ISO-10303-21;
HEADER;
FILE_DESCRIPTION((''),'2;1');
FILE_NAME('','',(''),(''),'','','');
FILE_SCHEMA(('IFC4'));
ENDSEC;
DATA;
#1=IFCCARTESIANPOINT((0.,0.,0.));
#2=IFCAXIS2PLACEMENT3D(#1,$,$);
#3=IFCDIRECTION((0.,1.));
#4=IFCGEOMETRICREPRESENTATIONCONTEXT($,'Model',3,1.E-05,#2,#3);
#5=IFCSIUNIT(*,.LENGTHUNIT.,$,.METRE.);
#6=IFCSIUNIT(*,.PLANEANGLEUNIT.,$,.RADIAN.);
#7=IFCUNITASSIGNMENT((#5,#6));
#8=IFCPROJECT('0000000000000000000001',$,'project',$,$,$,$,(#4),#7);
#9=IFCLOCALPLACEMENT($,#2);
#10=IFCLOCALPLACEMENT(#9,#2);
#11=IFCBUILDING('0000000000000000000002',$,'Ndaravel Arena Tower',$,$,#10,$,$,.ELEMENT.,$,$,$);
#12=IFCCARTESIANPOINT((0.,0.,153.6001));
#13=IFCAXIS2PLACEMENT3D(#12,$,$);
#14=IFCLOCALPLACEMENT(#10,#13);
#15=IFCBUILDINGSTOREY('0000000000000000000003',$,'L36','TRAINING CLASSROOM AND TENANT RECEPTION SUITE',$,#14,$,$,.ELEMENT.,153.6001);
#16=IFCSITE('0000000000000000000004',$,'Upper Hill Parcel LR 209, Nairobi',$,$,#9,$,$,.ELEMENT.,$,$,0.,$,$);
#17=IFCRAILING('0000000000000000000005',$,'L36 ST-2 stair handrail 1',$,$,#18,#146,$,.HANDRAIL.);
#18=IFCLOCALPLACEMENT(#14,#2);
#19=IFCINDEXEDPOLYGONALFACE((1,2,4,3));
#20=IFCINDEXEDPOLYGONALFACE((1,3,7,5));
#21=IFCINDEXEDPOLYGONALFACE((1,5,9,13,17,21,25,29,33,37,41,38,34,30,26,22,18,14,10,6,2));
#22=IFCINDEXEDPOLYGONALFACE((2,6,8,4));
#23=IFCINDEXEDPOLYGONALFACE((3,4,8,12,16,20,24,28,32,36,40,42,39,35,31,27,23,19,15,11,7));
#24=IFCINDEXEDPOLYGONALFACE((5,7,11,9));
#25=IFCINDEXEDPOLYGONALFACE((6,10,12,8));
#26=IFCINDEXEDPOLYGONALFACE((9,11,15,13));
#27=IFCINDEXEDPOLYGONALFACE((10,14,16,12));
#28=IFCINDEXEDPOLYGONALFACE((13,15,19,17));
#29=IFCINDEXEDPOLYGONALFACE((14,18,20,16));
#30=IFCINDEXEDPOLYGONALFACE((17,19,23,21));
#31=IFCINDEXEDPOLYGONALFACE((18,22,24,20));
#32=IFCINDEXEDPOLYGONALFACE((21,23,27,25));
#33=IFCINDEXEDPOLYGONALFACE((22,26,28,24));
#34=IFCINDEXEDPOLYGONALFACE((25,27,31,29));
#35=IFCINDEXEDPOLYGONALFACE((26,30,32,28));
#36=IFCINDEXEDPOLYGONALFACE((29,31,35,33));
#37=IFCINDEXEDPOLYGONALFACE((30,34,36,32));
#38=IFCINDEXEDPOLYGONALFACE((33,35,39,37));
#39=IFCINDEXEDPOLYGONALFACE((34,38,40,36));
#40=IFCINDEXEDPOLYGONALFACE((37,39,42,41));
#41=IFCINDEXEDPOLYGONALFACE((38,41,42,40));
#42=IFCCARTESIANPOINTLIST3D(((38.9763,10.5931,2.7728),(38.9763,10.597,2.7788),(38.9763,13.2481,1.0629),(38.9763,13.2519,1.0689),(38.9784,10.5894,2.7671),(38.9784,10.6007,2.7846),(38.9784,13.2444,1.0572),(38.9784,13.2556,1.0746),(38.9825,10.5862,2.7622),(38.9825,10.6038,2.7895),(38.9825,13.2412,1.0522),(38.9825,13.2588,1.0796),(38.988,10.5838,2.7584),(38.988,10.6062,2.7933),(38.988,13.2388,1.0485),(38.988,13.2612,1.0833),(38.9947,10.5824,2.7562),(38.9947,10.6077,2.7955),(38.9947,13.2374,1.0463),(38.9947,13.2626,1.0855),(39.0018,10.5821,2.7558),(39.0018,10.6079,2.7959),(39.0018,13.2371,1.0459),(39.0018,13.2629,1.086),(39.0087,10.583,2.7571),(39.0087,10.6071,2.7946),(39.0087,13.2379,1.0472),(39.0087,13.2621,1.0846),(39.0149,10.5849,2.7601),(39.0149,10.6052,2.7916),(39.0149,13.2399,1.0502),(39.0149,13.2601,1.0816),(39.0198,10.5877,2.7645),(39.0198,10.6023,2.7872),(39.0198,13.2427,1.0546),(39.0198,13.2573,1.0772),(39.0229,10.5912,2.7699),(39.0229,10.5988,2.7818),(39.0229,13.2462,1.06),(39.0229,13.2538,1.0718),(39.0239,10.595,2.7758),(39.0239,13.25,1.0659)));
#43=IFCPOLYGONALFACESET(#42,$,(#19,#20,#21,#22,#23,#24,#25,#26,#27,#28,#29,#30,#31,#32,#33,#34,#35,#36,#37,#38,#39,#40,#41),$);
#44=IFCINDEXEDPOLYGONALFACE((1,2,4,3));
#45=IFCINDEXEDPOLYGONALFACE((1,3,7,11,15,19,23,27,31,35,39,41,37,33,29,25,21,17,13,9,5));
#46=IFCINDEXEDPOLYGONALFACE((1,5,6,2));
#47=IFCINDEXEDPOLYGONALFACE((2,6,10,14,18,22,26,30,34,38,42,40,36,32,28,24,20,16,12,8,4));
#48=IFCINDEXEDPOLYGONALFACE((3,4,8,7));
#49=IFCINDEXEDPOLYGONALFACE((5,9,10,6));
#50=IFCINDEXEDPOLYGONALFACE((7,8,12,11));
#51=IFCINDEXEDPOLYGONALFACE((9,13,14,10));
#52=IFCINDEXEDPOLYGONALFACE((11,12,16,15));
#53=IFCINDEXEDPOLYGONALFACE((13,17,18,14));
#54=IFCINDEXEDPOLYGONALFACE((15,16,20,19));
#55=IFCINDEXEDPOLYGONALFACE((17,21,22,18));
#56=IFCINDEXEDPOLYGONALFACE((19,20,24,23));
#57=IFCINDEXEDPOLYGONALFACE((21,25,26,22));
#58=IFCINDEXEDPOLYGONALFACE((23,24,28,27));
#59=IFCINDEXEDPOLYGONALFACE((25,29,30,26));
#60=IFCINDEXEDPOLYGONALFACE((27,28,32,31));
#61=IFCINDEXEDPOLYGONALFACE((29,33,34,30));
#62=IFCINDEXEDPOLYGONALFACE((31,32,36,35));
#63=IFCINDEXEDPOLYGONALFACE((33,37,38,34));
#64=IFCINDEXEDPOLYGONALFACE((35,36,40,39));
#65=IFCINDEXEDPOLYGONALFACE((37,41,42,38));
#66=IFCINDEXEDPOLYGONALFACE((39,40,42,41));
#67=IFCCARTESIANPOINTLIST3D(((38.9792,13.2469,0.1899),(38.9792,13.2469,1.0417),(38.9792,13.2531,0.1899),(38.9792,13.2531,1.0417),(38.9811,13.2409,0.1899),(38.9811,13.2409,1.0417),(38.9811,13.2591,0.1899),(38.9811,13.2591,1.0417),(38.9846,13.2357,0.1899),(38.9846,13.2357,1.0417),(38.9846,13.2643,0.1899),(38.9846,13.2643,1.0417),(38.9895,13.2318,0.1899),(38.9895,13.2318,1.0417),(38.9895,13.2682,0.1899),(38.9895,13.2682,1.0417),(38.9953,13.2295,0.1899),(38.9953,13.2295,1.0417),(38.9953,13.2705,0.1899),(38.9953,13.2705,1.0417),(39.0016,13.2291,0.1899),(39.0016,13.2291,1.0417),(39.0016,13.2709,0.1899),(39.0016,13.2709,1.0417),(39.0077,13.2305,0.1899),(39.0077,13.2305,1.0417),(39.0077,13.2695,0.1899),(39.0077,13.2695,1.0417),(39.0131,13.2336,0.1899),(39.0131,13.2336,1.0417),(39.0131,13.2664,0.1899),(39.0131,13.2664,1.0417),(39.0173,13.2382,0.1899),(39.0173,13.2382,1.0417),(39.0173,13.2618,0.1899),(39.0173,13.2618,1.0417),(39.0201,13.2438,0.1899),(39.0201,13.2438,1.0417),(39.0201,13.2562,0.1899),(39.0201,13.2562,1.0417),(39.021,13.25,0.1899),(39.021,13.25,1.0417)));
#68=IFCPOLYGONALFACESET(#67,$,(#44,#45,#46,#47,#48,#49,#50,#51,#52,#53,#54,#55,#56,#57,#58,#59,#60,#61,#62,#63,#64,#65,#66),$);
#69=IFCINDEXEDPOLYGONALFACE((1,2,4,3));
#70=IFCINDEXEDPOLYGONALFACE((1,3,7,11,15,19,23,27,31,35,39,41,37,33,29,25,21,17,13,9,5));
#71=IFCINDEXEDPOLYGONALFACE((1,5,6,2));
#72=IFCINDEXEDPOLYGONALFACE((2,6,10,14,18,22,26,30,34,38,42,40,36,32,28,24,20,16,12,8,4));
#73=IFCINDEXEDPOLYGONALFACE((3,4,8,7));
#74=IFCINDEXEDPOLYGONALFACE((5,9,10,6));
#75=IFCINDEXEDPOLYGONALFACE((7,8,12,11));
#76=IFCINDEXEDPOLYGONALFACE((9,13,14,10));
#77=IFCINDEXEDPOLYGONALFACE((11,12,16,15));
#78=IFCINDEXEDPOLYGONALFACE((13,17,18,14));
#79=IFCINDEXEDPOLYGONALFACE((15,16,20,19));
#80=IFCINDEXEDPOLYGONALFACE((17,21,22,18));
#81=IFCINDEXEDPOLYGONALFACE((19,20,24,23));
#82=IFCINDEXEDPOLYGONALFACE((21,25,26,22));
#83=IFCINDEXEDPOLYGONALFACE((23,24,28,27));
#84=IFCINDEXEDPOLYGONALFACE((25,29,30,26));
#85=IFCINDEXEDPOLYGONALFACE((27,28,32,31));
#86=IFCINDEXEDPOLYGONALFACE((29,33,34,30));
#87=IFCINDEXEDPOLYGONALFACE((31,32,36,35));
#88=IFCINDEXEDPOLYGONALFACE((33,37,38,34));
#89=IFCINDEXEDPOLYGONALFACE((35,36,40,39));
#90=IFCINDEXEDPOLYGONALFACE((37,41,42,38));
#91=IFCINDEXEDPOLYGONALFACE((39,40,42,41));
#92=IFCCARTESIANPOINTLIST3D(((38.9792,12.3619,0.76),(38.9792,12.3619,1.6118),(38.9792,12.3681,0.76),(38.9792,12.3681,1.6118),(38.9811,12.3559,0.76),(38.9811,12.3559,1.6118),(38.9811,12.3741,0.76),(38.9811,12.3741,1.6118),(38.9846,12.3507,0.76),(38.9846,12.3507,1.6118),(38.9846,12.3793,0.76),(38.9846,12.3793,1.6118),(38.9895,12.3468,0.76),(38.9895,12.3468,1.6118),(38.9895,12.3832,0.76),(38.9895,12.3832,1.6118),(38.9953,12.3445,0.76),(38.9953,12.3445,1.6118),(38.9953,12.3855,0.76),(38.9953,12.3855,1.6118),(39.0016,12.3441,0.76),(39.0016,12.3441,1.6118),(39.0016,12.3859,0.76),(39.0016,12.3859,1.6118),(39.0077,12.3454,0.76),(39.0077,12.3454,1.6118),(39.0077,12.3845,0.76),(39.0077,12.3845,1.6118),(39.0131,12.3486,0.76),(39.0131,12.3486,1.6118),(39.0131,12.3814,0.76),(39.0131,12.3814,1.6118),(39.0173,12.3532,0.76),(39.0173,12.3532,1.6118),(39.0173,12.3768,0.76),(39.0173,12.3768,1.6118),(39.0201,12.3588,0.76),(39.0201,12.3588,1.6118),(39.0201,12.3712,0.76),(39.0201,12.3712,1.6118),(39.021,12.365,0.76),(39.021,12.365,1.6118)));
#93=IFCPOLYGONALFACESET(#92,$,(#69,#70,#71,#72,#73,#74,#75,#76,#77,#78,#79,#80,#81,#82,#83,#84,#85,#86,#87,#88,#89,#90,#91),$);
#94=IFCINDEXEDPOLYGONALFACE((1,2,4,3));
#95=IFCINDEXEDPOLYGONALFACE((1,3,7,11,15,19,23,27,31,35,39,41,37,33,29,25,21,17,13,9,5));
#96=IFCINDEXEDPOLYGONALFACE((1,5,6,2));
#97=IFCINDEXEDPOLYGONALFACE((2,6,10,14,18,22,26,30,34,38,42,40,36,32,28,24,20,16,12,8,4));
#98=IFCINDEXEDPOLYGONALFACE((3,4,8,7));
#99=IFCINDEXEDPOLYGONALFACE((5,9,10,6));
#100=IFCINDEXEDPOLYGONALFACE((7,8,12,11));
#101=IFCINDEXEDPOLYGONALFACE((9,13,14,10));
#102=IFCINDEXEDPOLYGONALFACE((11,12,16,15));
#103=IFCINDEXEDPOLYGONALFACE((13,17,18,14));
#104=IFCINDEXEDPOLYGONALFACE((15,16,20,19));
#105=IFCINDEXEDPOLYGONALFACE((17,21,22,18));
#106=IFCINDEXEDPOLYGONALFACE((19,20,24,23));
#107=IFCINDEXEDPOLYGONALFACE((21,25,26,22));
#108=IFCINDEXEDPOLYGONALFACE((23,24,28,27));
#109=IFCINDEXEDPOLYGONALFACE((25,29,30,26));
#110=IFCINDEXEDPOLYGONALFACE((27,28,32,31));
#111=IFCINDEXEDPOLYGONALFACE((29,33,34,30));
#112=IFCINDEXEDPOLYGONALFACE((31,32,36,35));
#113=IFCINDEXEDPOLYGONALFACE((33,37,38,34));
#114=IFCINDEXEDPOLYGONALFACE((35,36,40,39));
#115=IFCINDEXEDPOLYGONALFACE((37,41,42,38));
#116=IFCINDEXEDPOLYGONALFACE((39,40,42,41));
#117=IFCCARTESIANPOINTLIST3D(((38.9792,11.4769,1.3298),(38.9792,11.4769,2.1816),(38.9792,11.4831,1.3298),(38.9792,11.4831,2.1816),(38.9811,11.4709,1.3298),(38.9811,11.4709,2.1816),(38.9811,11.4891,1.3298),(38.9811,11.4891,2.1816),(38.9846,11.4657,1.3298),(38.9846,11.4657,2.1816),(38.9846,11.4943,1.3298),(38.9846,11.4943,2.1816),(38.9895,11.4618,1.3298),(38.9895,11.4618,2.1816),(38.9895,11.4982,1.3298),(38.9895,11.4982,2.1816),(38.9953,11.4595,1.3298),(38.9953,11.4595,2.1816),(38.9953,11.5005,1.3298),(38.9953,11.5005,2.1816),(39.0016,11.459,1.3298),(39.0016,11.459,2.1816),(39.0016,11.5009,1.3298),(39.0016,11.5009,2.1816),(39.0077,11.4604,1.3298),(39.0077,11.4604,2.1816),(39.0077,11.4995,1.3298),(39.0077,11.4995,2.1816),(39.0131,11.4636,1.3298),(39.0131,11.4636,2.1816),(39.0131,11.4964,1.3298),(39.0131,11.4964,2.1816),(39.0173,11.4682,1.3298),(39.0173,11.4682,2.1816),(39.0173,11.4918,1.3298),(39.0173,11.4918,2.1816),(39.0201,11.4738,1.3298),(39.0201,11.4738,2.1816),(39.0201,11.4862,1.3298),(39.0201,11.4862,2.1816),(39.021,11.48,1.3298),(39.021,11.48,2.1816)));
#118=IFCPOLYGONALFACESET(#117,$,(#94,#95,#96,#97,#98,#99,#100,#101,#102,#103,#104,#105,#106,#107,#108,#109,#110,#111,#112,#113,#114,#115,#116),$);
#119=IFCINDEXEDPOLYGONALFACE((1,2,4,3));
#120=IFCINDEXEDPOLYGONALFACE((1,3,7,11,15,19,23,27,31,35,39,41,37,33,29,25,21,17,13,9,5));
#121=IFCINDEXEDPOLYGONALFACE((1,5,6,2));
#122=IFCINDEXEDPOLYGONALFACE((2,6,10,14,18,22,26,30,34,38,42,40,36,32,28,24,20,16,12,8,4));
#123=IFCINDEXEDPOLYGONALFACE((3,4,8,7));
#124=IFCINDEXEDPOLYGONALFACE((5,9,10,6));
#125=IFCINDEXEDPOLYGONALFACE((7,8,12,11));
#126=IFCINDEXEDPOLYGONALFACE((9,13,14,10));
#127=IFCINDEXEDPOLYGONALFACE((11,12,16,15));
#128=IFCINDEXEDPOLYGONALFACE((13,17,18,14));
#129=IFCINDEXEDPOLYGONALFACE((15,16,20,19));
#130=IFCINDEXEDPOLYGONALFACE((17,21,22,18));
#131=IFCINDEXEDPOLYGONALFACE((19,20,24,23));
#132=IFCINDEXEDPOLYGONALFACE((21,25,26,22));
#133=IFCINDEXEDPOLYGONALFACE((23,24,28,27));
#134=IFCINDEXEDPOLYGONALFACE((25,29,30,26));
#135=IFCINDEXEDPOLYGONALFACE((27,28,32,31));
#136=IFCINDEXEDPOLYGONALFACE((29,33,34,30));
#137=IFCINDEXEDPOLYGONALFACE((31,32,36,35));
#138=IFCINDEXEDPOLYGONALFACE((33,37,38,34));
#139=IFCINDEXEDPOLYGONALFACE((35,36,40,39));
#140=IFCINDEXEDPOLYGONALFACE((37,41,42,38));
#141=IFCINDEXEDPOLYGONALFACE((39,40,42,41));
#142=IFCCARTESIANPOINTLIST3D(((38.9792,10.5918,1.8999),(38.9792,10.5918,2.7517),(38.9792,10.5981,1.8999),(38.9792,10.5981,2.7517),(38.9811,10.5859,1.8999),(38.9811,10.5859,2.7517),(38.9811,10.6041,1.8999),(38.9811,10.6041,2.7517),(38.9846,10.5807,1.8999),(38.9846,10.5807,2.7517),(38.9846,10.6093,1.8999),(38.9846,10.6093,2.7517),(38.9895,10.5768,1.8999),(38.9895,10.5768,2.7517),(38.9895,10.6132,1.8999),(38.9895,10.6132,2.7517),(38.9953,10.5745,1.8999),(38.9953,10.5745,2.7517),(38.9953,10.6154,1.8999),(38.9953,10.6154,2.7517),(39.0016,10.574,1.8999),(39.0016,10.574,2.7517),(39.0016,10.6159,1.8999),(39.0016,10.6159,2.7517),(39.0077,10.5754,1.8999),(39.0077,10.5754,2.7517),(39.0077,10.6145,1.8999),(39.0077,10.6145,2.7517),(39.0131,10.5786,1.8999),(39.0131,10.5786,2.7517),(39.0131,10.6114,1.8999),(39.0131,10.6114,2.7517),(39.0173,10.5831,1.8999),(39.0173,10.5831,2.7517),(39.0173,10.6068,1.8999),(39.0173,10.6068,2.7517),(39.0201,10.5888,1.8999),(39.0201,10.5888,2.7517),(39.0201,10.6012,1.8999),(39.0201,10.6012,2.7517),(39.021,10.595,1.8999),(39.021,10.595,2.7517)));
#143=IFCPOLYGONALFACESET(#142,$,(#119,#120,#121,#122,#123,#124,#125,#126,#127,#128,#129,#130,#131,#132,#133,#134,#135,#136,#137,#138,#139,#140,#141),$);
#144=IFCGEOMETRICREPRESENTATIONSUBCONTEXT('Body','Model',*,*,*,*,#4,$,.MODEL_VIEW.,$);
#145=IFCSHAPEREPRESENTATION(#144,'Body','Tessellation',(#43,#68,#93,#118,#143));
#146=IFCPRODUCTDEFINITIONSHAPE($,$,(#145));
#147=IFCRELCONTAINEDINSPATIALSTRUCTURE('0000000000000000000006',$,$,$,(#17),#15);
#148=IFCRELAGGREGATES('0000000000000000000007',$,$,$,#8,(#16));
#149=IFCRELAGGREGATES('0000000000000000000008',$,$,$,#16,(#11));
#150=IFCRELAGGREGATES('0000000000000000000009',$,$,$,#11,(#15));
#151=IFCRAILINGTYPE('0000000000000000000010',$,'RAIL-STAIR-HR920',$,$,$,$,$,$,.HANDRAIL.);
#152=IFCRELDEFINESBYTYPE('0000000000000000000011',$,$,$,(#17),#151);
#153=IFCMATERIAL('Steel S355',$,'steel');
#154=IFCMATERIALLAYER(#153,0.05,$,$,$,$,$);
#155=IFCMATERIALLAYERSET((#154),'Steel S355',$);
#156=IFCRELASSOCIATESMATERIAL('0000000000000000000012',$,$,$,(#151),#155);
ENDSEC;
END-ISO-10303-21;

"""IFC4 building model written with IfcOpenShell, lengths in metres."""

from ifc_helpers import new_model, si_unit, direction, frame, origin, origin_2d, place, context, subcontext, project, spatial, circle, extrude, material, layer, layer_set, type_object, element, save


model = new_model("IFC4")

# Units and contexts
model_context = context("Model", 3, precision=1e-05, world=origin(), true_north=direction((0.0, 1.0)))
body_context = subcontext(model_context, "Body", "Model", "MODEL_VIEW")
ifc_project = project(units=[si_unit("LENGTHUNIT", "METRE"), si_unit("PLANEANGLEUNIT", "RADIAN")], contexts=[model_context])

# Site, building, storey
site_placement = place(None, origin())
site = spatial("IfcSite", under=ifc_project, at=site_placement, Name="Upper Hill Parcel LR 209, Nairobi", CompositionType="ELEMENT", RefElevation=0.0)
building_placement = place(site_placement, origin())
building = spatial("IfcBuilding", under=site, at=building_placement, Name="Ndaravel Arena Tower", CompositionType="ELEMENT")
storey_placement = place(building_placement, frame((0.0, 0.0, 153.6001)))
storey = spatial("IfcBuildingStorey", under=building, at=storey_placement, Name="L36", Description="TRAINING CLASSROOM AND TENANT RECEPTION SUITE", CompositionType="ELEMENT", Elevation=153.6001)

# Railing
ifc_material_1 = material(Name="Steel S355", Category="steel")
ifc_layer_1 = layer(ifc_material_1, 0.05)
ifc_layer_set_1 = layer_set([ifc_layer_1], Name="Steel S355")
railing_type_1 = type_object("IfcRailingType", Name="RAIL-STAIR-HR920", PredefinedType="HANDRAIL", material=ifc_layer_set_1)
railing_1_placement = place(storey_placement, frame((39.0, 13.25, 0.1899)))
element("IfcRailing", 1, at=railing_1_placement, inside=storey, type_object=railing_type_1, Name="L36 ST-2 stair handrail 1", PredefinedType="HANDRAIL", context=body_context, shape_type="SweptSolid", body=[
    extrude(circle(Radius=0.0239, at=origin_2d()), frame((0.0, 0.0, 0.876), z_axis=(0.0, -0.840724, 0.541465), x_axis=(1.0, 0.0, 0.0)), (0.0, 0.0, 1.0), 3.158),
    extrude(circle(Radius=0.021, at=origin_2d()), origin(), (0.0, 0.0, 1.0), 0.8518),
    extrude(circle(Radius=0.021, at=origin_2d()), frame((0.0, -0.885, 0.5701)), (0.0, 0.0, 1.0), 0.8518),
    extrude(circle(Radius=0.021, at=origin_2d()), frame((0.0, -1.77, 1.1399)), (0.0, 0.0, 1.0), 0.8518),
    extrude(circle(Radius=0.021, at=origin_2d()), frame((0.0, -2.655, 1.71)), (0.0, 0.0, 1.0), 0.8518),
])

save(model, "model.ifc")
